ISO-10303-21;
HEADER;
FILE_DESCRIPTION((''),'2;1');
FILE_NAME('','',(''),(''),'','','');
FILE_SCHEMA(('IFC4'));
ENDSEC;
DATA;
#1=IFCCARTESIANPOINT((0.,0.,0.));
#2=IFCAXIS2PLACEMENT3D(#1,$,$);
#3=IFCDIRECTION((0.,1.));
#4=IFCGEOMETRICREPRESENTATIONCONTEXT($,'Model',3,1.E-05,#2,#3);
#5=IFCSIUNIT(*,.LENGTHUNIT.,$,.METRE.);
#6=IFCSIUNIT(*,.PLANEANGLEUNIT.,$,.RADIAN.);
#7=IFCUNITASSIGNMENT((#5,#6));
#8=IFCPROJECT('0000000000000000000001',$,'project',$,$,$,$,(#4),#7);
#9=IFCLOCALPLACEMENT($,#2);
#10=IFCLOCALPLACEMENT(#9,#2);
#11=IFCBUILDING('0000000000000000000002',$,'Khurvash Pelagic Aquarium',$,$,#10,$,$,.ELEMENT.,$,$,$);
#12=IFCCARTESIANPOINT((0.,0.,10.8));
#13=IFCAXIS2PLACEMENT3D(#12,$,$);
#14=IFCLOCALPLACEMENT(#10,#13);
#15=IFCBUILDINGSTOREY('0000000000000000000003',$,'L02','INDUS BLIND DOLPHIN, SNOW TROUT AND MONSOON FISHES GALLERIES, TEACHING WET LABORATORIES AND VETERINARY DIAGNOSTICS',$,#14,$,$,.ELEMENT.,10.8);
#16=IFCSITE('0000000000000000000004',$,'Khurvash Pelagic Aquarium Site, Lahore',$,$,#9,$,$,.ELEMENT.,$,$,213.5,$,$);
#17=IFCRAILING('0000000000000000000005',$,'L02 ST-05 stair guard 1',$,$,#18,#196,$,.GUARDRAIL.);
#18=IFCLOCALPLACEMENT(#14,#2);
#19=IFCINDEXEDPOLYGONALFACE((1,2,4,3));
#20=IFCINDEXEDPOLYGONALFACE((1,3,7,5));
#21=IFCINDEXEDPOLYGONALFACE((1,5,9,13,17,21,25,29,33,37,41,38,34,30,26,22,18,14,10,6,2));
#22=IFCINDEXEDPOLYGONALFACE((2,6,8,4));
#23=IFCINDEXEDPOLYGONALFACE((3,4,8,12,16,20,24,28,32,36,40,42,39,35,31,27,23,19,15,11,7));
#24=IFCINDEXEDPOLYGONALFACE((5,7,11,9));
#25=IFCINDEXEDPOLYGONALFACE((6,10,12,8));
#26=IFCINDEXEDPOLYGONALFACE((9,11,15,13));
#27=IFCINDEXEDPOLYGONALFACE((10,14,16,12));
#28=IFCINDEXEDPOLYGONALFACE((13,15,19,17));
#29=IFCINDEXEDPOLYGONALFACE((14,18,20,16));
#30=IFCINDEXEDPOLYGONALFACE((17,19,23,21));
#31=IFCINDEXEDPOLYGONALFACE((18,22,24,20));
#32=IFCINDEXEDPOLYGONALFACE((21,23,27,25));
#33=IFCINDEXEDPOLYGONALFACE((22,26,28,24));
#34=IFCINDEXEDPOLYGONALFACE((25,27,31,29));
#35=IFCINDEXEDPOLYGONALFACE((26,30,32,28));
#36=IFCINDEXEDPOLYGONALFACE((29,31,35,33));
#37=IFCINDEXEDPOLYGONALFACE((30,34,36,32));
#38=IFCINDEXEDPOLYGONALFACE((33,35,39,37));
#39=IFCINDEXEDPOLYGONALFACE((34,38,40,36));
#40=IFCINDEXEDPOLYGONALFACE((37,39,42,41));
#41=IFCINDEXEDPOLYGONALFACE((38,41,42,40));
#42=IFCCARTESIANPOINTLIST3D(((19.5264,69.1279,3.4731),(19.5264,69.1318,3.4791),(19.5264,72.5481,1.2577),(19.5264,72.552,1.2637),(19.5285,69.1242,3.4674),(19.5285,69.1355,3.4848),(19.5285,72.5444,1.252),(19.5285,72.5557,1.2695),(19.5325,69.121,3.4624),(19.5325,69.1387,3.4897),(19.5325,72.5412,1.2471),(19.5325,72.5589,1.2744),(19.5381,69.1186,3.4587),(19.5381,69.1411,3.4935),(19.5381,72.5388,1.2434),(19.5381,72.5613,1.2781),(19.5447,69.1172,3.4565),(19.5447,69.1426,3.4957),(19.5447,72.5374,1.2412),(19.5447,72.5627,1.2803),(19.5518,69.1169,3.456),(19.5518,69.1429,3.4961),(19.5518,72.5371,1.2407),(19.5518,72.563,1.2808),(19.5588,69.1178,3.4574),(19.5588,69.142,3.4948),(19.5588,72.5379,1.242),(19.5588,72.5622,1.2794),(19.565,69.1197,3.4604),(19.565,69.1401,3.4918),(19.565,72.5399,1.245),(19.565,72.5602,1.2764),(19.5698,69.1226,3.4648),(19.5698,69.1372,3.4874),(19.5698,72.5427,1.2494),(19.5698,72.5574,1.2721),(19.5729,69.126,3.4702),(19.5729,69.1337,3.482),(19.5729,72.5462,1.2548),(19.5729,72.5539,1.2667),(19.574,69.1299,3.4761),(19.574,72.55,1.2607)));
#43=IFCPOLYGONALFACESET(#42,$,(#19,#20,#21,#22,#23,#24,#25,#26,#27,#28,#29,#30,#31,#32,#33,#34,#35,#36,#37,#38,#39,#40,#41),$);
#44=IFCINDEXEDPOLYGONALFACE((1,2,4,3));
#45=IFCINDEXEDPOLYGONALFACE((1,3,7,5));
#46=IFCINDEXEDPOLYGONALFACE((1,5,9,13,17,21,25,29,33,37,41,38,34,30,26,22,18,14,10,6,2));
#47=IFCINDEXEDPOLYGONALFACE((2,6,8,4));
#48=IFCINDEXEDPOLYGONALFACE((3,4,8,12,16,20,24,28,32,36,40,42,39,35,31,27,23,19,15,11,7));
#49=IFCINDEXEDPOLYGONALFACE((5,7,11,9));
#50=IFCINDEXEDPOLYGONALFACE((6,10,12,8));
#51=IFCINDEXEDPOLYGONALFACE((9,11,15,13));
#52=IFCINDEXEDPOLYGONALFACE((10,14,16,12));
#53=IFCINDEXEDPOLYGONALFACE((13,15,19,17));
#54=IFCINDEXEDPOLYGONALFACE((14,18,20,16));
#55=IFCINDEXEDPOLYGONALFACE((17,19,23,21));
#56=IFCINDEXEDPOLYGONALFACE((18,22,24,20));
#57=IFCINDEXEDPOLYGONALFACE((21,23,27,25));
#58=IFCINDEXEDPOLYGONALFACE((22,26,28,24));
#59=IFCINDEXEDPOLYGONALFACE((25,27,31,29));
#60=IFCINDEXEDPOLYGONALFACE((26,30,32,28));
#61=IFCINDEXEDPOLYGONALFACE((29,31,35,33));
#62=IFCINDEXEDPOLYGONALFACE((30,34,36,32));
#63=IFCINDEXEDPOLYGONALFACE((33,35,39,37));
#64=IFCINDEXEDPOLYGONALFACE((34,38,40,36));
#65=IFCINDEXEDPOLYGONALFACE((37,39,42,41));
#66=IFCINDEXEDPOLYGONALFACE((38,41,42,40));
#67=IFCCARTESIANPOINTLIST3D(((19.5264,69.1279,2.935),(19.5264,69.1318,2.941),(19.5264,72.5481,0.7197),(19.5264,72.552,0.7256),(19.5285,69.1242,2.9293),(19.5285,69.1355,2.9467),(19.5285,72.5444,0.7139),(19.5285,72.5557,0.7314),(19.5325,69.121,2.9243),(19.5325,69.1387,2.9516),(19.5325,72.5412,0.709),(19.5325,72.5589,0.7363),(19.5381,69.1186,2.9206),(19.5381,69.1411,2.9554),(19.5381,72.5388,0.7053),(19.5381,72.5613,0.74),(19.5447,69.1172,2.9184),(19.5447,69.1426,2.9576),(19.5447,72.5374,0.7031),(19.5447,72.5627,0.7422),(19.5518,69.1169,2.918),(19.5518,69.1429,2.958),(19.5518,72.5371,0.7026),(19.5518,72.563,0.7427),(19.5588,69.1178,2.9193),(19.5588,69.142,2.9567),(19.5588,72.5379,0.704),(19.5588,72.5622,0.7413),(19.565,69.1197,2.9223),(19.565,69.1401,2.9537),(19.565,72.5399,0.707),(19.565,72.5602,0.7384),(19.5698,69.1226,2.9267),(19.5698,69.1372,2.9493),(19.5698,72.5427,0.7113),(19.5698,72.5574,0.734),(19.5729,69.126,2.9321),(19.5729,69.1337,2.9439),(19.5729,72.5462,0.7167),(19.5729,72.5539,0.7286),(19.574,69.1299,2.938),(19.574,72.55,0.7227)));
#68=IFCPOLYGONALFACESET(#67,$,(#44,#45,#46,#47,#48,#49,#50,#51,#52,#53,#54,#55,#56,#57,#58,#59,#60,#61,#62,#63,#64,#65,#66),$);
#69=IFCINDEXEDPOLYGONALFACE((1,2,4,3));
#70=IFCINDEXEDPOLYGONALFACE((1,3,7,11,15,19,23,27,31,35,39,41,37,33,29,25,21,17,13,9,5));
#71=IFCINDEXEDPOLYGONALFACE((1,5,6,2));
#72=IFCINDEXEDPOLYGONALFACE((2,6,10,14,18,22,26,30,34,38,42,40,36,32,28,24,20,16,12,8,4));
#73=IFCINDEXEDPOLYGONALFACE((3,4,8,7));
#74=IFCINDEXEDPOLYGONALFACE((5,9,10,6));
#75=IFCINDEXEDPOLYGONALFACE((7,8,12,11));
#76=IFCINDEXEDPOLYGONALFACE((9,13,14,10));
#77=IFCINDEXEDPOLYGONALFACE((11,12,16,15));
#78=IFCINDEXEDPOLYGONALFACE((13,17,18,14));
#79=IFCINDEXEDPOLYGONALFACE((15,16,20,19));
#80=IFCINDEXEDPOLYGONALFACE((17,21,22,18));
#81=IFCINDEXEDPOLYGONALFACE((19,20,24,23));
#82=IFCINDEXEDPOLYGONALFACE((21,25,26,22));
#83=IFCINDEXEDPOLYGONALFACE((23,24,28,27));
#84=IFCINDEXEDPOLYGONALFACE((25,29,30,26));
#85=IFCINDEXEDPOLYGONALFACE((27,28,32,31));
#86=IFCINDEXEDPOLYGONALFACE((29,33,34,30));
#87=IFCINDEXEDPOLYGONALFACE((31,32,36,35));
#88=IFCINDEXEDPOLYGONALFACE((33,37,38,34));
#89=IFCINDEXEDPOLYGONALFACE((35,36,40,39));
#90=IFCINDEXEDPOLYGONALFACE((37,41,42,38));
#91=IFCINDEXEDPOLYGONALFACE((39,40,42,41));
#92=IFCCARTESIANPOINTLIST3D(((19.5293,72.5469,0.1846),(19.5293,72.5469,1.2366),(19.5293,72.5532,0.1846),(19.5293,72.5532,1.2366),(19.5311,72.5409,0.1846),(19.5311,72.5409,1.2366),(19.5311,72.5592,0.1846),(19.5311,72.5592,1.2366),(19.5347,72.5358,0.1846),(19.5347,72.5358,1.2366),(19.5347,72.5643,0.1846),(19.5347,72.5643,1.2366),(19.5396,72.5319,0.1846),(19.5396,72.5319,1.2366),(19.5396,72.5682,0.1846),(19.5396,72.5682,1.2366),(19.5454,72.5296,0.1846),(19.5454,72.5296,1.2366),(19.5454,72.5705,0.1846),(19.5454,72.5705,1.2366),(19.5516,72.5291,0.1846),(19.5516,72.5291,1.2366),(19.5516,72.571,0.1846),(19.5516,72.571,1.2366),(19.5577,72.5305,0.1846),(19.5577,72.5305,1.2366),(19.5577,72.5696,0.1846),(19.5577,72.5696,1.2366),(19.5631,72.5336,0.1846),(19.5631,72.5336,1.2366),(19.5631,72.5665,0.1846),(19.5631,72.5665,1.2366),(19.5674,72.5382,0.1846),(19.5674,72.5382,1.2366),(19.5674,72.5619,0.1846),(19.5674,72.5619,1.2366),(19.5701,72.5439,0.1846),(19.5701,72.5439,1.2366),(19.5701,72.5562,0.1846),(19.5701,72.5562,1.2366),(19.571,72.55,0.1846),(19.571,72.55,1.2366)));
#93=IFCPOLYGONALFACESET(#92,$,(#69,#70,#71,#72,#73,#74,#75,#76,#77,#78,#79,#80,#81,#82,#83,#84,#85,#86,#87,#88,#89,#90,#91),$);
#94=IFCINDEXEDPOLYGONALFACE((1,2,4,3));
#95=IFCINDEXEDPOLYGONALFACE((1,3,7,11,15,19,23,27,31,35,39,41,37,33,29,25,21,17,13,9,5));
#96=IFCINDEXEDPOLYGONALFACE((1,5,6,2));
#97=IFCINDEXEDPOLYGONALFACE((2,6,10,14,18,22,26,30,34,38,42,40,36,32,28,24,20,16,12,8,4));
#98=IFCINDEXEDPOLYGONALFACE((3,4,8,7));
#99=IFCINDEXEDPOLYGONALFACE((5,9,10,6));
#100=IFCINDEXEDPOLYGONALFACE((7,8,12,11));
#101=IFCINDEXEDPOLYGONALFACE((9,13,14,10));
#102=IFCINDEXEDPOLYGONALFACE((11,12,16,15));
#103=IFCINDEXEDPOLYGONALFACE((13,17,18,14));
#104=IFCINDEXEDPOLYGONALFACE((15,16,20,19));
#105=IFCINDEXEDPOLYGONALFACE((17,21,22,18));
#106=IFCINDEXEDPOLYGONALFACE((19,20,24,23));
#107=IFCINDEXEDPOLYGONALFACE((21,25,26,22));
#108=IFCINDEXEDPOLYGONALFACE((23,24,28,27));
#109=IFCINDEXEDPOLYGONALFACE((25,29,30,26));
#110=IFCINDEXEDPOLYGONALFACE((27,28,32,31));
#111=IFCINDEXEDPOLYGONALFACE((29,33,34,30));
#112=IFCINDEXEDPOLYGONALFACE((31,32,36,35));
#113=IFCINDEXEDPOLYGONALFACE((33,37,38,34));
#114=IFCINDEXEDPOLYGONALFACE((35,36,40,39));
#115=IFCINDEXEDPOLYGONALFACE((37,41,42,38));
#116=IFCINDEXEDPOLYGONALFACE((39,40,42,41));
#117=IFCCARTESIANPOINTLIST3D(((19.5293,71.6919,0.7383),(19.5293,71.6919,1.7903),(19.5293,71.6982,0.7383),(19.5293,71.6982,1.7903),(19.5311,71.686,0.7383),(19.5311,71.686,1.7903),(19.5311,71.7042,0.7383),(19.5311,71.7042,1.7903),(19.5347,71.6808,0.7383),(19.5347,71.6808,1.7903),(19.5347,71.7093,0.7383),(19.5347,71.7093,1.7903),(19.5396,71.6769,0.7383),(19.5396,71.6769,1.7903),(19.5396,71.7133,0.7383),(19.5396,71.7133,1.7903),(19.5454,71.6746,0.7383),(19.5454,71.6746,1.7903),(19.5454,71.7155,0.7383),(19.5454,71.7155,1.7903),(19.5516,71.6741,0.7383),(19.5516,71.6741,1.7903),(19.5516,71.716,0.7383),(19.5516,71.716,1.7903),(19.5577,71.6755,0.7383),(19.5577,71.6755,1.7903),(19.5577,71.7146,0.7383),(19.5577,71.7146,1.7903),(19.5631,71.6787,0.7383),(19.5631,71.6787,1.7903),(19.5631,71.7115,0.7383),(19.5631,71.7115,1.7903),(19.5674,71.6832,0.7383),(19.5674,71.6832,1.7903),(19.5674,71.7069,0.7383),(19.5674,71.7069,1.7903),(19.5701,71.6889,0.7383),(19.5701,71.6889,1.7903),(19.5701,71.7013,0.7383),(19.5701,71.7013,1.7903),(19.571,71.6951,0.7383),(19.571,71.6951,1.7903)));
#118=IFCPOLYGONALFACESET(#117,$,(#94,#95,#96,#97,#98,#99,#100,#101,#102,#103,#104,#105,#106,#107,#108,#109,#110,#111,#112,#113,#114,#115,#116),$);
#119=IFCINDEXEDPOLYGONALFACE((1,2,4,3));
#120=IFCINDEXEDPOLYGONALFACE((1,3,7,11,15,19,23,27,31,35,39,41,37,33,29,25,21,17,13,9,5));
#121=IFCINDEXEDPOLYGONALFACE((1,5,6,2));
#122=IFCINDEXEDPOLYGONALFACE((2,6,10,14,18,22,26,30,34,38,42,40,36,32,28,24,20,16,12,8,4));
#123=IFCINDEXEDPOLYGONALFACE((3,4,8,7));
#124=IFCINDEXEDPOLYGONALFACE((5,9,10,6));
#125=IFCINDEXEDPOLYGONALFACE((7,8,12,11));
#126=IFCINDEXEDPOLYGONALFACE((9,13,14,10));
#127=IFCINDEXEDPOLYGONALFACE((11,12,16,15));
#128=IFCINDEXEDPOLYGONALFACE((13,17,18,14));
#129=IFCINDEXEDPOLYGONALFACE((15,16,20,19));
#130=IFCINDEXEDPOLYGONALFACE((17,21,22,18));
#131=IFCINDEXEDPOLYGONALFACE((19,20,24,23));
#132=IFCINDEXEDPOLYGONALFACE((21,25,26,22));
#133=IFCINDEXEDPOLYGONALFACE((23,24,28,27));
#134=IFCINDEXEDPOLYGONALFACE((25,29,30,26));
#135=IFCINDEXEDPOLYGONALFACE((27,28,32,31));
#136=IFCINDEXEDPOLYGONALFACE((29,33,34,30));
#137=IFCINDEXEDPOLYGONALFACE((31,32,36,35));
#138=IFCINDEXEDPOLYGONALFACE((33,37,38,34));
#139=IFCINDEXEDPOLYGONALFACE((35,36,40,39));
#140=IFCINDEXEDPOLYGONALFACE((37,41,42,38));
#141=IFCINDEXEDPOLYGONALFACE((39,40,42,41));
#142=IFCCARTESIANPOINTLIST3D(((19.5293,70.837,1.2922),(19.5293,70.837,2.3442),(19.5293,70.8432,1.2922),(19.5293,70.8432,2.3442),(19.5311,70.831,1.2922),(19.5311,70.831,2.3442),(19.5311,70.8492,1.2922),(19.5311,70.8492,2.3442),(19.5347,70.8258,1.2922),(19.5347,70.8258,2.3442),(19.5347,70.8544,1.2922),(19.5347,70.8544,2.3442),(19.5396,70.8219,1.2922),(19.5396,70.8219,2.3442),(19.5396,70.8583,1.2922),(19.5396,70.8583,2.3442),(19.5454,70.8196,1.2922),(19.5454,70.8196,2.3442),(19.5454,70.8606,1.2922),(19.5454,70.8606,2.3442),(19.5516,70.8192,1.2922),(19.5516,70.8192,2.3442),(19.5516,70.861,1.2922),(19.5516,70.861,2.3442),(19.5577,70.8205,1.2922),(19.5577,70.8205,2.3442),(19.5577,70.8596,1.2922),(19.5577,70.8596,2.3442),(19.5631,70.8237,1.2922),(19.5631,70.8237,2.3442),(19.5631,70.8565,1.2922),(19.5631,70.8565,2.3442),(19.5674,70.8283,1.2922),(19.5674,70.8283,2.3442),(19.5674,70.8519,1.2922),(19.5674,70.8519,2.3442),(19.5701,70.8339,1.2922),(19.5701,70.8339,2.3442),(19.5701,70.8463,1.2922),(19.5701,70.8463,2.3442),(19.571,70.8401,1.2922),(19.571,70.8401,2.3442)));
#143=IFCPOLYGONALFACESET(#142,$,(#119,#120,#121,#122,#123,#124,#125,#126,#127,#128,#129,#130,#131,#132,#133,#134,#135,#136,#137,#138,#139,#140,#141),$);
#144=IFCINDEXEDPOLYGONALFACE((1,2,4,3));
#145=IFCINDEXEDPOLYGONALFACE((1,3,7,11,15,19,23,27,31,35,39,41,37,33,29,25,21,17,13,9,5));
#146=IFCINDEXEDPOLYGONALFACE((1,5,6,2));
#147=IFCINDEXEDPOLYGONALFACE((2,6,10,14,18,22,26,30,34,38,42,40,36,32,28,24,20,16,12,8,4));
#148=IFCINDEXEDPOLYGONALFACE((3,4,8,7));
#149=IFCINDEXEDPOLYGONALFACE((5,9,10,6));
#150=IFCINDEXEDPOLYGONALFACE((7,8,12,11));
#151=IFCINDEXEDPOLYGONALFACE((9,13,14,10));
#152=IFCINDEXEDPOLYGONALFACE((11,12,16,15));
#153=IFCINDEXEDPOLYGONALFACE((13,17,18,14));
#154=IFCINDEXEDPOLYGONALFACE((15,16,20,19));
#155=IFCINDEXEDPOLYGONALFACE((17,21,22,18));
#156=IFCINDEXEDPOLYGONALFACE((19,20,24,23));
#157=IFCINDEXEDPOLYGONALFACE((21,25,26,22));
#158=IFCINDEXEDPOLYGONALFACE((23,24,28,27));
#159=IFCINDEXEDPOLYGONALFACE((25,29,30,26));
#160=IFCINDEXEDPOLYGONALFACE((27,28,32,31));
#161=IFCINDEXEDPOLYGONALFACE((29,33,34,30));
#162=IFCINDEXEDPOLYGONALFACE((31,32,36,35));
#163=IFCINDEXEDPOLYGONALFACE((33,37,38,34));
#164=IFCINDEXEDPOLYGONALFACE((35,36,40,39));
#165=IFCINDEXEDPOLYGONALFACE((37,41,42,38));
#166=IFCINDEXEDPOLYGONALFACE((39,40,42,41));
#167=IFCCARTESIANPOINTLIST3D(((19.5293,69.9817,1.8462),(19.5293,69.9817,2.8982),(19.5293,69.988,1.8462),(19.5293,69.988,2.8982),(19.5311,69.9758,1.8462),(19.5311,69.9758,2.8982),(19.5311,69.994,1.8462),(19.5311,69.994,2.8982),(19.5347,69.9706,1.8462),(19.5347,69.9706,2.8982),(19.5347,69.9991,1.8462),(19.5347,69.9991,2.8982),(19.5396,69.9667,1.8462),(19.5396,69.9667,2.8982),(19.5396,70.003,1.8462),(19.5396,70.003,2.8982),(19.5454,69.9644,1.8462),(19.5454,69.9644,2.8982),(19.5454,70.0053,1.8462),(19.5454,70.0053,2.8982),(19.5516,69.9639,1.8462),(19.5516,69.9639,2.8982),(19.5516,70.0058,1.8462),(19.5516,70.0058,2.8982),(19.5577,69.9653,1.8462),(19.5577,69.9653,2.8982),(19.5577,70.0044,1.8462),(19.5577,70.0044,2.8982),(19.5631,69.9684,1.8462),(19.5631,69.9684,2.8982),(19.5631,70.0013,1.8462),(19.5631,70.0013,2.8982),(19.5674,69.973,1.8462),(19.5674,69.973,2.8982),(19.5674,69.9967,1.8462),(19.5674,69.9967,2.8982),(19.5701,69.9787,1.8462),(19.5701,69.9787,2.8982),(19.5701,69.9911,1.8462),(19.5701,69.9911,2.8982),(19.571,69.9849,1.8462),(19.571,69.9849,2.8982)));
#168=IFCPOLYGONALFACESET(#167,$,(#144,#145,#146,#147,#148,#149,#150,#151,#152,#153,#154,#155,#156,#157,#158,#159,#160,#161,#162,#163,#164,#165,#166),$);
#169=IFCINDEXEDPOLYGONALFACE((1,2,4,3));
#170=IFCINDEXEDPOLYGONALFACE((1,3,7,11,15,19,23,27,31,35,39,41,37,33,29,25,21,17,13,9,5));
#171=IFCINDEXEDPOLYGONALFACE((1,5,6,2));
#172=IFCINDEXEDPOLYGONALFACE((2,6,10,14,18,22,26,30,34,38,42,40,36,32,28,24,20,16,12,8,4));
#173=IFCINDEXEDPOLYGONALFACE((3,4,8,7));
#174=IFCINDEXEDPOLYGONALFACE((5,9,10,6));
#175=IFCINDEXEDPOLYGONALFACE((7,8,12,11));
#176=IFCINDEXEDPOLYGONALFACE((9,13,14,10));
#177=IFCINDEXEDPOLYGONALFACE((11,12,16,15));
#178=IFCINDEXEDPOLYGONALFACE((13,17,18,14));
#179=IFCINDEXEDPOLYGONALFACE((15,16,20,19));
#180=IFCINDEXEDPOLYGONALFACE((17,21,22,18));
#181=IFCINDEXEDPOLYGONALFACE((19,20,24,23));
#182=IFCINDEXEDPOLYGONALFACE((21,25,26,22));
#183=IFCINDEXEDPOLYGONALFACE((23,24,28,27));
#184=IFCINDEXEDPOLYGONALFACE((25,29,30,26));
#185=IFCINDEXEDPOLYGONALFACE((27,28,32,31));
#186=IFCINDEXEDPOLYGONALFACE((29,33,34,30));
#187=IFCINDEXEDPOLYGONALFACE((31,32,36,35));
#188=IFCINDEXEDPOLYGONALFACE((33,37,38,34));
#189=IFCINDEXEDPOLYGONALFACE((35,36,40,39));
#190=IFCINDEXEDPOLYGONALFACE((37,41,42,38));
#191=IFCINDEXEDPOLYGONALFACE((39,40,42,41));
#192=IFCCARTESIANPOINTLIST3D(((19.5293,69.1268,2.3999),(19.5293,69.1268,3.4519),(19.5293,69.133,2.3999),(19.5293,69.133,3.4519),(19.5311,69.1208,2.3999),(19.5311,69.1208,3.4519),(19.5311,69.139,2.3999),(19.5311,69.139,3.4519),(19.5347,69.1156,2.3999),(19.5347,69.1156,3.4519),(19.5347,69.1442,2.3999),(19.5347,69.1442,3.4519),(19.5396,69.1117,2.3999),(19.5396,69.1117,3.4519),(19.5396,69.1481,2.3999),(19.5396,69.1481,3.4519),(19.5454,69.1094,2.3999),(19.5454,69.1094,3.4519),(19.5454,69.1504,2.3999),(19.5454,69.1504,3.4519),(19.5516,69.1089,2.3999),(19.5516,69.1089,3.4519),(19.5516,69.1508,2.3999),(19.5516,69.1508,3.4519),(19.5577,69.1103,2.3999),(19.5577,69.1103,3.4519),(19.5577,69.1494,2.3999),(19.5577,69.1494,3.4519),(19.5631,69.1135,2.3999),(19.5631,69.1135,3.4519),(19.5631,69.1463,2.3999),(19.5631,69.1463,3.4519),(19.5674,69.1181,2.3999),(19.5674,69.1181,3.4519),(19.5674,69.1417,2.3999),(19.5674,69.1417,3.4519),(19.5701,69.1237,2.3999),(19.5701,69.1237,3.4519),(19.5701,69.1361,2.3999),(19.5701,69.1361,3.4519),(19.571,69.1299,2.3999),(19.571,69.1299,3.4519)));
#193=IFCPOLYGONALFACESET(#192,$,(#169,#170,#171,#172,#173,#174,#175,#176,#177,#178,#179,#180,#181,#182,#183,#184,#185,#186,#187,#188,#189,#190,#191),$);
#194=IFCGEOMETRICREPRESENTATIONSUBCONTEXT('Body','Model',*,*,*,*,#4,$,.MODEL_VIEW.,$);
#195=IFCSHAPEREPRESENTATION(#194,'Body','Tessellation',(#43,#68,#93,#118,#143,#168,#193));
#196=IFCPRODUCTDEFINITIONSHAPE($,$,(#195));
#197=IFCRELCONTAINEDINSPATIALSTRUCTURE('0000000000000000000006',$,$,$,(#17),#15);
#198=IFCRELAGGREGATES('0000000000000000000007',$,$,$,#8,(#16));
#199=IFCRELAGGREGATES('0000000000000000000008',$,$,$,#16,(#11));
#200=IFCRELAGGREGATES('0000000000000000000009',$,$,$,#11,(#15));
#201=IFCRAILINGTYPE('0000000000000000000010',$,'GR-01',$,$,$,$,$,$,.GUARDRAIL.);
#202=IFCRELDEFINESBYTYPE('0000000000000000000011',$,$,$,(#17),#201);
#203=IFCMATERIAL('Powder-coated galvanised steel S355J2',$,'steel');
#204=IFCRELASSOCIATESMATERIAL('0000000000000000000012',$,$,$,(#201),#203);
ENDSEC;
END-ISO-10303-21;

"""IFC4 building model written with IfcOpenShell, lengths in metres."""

from ifc_helpers import new_model, si_unit, direction, frame, origin, origin_2d, place, context, subcontext, project, spatial, circle, extrude, material, type_object, element, save


model = new_model("IFC4")

# Units and contexts
model_context = context("Model", 3, precision=1e-05, world=origin(), true_north=direction((0.0, 1.0)))
body_context = subcontext(model_context, "Body", "Model", "MODEL_VIEW")
ifc_project = project(units=[si_unit("LENGTHUNIT", "METRE"), si_unit("PLANEANGLEUNIT", "RADIAN")], contexts=[model_context])

# Site, building, storey
site_placement = place(None, origin())
site = spatial("IfcSite", under=ifc_project, at=site_placement, Name="Khurvash Pelagic Aquarium Site, Lahore", CompositionType="ELEMENT", RefElevation=213.5)
building_placement = place(site_placement, origin())
building = spatial("IfcBuilding", under=site, at=building_placement, Name="Khurvash Pelagic Aquarium", CompositionType="ELEMENT")
storey_placement = place(building_placement, frame((0.0, 0.0, 10.8)))
storey = spatial("IfcBuildingStorey", under=building, at=storey_placement, Name="L02", Description="INDUS BLIND DOLPHIN, SNOW TROUT AND MONSOON FISHES GALLERIES, TEACHING WET LABORATORIES AND VETERINARY DIAGNOSTICS", CompositionType="ELEMENT", Elevation=10.8)

# Railing
ifc_material_1 = material(Name="Powder-coated galvanised steel S355J2", Category="steel")
railing_type_1 = type_object("IfcRailingType", Name="GR-01", PredefinedType="GUARDRAIL", material=ifc_material_1)
railing_1_placement = place(storey_placement, frame((19.55, 72.55, 0.1846)))
element("IfcRailing", 1, at=railing_1_placement, inside=storey, type_object=railing_type_1, Name="L02 ST-05 stair guard 1", PredefinedType="GUARDRAIL", context=body_context, shape_type="SweptSolid", body=[
    extrude(circle(Radius=0.0239, at=origin_2d()), frame((0.0, 0.0, 1.0762), z_axis=(0.0, -0.839314, 0.543646), x_axis=(1.0, 0.0, 0.0)), (0.0, 0.0, 1.0), 4.075),
    extrude(circle(Radius=0.0239, at=origin_2d()), frame((0.0, 0.0, 0.5381), z_axis=(0.0, -0.839314, 0.543646), x_axis=(1.0, 0.0, 0.0)), (0.0, 0.0, 1.0), 4.075),
    extrude(circle(Radius=0.021, at=origin_2d()), origin(), (0.0, 0.0, 1.0), 1.052),
    extrude(circle(Radius=0.021, at=origin_2d()), frame((0.0, -0.855, 0.5537)), (0.0, 0.0, 1.0), 1.052),
    extrude(circle(Radius=0.021, at=origin_2d()), frame((0.0, -1.71, 1.1077)), (0.0, 0.0, 1.0), 1.052),
    extrude(circle(Radius=0.021, at=origin_2d()), frame((0.0, -2.5652, 1.6616)), (0.0, 0.0, 1.0), 1.052),
    extrude(circle(Radius=0.021, at=origin_2d()), frame((0.0, -3.4202, 2.2153)), (0.0, 0.0, 1.0), 1.052),
])

save(model, "model.ifc")
